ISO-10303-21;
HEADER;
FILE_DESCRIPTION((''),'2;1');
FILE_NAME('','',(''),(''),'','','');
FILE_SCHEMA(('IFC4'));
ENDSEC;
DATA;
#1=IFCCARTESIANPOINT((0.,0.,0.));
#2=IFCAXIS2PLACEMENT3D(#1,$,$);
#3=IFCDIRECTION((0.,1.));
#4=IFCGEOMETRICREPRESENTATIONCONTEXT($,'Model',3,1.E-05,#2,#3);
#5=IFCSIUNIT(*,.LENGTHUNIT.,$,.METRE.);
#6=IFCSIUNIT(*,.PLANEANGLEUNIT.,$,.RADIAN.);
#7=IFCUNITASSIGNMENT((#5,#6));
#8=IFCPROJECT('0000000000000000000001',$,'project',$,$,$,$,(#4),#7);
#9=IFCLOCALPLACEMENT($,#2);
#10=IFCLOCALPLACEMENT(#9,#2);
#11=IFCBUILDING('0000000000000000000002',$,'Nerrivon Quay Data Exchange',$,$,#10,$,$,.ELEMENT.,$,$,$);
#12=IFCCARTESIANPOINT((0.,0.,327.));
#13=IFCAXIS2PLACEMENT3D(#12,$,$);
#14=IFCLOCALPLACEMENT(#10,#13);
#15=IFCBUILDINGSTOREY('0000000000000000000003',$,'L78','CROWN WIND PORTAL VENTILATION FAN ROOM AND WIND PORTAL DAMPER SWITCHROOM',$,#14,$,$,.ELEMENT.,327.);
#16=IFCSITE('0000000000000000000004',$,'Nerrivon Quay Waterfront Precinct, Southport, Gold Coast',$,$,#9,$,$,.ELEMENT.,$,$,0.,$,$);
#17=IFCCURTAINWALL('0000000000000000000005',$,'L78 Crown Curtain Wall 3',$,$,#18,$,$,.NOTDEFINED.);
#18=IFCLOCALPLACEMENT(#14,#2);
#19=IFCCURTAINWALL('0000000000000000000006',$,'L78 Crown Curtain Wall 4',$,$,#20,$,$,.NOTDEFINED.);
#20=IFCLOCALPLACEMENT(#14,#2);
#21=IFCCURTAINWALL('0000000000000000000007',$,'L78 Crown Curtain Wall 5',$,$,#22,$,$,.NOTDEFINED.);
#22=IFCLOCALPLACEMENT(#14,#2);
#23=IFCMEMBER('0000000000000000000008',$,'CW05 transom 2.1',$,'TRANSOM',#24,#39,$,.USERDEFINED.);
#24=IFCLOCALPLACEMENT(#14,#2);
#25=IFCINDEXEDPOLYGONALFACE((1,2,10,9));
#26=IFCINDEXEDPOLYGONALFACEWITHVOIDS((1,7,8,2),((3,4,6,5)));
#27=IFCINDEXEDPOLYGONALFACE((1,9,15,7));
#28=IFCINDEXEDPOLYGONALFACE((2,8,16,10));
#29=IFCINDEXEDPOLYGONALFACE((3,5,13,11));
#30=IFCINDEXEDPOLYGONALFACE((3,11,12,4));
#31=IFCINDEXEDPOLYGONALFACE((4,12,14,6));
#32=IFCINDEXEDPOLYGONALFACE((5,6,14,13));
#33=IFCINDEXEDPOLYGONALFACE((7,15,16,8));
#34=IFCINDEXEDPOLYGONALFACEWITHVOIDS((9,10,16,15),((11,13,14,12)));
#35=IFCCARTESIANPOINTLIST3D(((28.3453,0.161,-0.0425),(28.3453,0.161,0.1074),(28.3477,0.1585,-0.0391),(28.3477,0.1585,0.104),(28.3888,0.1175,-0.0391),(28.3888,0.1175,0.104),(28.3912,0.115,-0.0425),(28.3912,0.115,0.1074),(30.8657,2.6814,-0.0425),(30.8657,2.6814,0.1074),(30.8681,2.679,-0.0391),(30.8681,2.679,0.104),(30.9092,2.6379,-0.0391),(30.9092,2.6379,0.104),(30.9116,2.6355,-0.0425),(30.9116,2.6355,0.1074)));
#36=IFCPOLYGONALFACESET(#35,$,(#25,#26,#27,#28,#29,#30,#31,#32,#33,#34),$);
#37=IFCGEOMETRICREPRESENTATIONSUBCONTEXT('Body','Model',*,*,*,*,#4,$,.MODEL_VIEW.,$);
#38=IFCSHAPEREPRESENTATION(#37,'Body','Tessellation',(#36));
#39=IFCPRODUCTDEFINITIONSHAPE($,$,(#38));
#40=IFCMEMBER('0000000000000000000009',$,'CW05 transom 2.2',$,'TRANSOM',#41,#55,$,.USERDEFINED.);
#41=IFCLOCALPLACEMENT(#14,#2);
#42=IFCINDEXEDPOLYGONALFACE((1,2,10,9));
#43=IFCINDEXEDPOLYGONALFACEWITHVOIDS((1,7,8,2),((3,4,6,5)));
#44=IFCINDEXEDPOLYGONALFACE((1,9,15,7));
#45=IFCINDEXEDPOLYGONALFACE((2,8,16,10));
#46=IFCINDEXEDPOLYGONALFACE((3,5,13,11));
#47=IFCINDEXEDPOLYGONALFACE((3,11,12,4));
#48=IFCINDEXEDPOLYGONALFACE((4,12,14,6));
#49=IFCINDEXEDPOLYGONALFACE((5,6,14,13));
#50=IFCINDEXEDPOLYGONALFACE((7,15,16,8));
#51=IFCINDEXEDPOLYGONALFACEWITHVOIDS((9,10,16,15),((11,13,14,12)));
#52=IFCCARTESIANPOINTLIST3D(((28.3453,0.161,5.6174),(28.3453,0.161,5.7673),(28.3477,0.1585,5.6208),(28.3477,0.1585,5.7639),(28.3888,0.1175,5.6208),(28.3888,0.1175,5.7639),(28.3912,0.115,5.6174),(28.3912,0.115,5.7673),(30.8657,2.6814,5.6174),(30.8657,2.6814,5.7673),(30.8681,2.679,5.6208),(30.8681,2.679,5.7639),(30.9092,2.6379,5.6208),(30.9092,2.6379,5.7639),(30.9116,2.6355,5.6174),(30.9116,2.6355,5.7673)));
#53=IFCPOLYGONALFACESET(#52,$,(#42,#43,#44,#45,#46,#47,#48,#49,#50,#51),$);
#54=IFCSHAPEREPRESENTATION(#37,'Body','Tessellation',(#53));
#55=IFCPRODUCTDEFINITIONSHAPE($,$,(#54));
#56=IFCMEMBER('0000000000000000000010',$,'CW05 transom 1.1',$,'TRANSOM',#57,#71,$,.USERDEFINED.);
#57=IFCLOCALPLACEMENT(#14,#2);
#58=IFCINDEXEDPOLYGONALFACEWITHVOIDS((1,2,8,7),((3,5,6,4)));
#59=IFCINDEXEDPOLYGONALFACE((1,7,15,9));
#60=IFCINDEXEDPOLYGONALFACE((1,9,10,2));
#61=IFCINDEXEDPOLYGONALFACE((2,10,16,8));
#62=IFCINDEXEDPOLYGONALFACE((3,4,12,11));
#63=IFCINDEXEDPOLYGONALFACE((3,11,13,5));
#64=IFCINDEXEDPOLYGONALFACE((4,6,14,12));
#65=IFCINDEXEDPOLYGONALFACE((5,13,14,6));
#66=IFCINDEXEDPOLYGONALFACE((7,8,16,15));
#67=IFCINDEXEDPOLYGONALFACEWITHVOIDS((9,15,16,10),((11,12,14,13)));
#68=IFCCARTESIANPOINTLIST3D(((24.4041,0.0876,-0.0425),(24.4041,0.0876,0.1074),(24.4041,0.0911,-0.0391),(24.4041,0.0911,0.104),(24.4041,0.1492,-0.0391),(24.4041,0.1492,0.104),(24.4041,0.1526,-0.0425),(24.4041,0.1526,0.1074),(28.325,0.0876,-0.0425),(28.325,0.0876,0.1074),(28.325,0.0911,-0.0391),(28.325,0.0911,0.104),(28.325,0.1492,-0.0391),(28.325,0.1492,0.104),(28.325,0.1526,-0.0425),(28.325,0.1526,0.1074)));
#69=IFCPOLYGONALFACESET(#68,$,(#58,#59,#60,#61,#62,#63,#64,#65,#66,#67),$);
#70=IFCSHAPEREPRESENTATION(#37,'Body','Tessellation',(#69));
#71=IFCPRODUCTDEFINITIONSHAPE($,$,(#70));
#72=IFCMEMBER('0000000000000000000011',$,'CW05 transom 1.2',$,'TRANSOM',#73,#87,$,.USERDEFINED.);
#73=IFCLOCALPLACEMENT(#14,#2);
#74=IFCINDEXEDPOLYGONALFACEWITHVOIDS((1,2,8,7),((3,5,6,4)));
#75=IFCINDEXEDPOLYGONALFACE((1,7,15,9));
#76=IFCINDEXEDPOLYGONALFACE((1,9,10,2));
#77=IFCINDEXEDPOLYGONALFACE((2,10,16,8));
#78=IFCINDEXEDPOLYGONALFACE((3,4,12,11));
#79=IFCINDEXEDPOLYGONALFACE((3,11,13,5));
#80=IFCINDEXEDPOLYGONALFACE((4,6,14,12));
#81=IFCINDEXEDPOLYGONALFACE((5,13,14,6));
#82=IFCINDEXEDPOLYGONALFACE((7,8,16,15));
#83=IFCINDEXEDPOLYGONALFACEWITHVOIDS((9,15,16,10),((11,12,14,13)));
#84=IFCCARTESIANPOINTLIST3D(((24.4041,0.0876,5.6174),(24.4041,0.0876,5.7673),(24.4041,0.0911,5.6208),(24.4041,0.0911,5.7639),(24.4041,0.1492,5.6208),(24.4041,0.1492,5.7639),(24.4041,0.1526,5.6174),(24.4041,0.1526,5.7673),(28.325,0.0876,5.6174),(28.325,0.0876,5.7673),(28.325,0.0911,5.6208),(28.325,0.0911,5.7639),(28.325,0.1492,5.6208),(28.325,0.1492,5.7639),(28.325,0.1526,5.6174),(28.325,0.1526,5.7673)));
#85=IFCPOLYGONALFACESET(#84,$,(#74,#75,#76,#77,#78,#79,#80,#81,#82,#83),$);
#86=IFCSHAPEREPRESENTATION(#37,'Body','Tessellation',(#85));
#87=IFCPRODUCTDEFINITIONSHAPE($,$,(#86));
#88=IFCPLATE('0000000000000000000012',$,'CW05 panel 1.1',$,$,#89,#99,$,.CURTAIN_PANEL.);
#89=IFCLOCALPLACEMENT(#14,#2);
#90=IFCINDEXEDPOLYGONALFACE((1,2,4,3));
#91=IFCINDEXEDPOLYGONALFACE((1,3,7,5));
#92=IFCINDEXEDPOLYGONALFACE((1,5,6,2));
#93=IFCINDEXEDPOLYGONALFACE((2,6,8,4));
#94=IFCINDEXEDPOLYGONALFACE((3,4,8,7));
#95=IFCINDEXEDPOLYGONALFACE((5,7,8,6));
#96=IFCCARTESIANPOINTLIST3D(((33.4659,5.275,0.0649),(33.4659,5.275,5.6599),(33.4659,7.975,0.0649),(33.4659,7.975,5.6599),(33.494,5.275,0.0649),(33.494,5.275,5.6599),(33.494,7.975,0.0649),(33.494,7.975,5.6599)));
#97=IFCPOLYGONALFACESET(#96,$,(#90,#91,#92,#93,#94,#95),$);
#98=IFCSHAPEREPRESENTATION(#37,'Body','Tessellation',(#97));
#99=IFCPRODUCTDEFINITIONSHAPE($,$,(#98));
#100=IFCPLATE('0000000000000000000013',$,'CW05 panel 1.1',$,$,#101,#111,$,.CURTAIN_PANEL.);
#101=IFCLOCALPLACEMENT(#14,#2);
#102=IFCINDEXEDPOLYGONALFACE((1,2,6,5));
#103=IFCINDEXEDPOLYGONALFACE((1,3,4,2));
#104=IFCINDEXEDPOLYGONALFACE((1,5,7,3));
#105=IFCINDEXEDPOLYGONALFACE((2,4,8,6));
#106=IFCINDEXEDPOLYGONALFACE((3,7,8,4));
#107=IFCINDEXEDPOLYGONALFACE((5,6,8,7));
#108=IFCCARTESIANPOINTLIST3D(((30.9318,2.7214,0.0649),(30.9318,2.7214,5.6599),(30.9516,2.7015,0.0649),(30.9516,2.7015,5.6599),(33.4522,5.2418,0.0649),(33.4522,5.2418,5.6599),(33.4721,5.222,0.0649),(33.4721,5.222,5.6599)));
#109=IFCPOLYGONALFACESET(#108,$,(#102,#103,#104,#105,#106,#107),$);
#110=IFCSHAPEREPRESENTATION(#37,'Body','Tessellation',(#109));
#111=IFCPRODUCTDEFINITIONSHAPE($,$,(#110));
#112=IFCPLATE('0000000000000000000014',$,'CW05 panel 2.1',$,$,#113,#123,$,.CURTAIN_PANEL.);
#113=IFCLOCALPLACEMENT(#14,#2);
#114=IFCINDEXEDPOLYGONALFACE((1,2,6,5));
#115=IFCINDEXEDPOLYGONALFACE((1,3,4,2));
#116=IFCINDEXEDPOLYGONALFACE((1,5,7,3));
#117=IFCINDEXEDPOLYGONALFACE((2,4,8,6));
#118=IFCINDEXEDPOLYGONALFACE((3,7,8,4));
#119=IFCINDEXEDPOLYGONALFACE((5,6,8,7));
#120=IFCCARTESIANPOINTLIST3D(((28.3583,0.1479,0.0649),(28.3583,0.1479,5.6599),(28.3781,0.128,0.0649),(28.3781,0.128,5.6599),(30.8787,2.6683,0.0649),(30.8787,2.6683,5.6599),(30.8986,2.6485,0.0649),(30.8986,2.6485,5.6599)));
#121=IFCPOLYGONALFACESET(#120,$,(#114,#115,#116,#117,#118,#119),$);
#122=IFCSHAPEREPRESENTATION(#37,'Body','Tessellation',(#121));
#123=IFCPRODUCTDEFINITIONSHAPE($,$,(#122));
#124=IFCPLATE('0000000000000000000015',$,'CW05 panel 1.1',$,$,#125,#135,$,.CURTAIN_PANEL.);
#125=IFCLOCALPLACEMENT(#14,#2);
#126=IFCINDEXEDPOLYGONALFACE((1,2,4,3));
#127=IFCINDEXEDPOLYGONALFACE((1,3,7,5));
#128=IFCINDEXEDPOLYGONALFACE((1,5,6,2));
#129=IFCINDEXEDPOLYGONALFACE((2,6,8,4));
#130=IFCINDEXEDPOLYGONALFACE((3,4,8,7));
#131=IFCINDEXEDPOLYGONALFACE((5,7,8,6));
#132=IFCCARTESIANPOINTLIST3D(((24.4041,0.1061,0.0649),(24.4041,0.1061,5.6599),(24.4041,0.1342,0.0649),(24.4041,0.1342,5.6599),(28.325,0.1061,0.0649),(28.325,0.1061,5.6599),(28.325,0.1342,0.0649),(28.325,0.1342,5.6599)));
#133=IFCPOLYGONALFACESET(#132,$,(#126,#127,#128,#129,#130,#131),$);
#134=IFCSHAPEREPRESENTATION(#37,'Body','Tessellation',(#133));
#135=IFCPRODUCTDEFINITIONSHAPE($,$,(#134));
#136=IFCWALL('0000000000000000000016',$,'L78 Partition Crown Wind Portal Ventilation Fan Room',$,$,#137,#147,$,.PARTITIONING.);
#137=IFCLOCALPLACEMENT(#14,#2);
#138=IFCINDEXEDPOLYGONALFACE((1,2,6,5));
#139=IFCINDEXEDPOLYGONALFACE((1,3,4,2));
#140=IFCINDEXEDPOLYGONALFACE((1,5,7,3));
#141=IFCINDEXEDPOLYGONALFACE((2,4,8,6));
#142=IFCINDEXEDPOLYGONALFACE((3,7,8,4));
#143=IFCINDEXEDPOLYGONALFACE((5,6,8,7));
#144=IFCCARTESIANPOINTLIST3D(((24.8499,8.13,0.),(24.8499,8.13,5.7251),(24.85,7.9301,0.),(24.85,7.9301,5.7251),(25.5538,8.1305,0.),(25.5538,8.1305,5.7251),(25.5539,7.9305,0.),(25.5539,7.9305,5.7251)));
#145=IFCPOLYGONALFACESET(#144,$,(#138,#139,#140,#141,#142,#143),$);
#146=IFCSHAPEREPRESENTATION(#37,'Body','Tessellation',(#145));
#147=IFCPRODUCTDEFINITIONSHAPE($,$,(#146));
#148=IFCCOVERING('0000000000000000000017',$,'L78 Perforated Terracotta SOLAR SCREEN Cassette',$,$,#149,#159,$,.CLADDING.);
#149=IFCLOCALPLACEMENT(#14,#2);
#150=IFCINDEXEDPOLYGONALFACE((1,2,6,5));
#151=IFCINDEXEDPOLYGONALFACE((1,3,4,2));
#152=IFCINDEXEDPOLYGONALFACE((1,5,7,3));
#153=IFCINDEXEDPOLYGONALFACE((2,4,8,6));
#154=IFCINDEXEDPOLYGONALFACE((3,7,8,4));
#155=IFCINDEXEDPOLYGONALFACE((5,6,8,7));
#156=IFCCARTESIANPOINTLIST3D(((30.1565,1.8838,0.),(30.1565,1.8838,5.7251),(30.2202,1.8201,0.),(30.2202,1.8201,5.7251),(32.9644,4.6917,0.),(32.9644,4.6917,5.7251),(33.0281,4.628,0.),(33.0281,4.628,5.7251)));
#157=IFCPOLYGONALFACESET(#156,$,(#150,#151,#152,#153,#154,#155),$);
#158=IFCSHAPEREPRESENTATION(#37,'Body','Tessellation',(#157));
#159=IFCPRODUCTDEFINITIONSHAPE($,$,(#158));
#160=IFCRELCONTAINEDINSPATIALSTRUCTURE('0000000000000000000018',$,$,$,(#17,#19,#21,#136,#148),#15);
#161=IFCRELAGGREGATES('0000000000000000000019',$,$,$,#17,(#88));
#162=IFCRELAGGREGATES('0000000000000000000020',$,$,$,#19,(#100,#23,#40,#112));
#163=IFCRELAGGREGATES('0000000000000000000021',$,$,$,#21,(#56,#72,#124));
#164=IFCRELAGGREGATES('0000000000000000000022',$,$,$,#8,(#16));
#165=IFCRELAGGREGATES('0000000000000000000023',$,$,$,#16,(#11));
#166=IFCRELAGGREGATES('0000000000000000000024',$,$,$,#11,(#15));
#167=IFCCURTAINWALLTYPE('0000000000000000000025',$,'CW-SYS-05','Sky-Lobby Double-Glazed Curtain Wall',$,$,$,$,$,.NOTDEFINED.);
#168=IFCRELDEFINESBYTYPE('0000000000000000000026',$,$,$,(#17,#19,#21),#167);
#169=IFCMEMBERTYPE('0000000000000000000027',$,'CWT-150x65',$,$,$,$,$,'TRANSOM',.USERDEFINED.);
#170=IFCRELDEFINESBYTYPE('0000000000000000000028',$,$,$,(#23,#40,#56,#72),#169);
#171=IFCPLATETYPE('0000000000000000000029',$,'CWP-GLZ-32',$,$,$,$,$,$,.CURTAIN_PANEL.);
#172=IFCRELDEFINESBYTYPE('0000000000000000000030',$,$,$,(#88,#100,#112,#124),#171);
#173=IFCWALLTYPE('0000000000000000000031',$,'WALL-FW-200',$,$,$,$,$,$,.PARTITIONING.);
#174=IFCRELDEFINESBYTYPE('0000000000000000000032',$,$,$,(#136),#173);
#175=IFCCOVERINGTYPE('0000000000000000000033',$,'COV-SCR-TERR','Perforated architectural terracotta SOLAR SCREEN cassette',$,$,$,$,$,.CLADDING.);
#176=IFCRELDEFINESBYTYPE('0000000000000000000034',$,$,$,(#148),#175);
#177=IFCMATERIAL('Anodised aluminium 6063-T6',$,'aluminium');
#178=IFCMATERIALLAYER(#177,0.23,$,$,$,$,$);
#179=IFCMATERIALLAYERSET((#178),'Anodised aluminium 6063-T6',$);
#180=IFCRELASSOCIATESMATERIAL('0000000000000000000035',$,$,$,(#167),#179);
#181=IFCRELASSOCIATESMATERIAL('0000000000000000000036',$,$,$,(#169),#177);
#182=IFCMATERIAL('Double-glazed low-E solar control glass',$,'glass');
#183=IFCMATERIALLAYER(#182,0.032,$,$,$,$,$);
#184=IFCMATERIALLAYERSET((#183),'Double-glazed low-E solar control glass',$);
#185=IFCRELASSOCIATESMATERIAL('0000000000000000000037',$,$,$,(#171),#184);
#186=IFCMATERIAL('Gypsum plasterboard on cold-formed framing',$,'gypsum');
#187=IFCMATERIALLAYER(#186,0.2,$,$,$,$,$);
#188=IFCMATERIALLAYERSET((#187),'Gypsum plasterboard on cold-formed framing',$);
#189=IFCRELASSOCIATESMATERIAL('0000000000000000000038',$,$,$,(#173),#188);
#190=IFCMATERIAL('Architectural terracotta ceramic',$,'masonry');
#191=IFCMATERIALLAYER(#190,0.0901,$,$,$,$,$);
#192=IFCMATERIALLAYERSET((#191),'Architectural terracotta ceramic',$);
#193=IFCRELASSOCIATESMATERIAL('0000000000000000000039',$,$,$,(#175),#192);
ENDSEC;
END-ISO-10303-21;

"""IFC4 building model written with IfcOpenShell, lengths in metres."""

from ifc_helpers import new_model, si_unit, direction, frame, frame_2d, origin, origin_2d, place, context, subcontext, project, spatial, rectangle, hollow_rectangle, extrude, material, layer, layer_set, material_profile, profile_set, type_object, element, aggregate, save


model = new_model("IFC4")

# Units and contexts
model_context = context("Model", 3, precision=1e-05, world=origin(), true_north=direction((0.0, 1.0)))
body_context = subcontext(model_context, "Body", "Model", "MODEL_VIEW")
ifc_project = project(units=[si_unit("LENGTHUNIT", "METRE"), si_unit("PLANEANGLEUNIT", "RADIAN")], contexts=[model_context])

# Site, building, storey
site_placement = place(None, origin())
site = spatial("IfcSite", under=ifc_project, at=site_placement, Name="Nerrivon Quay Waterfront Precinct, Southport, Gold Coast", CompositionType="ELEMENT", RefElevation=0.0)
building_placement = place(site_placement, origin())
building = spatial("IfcBuilding", under=site, at=building_placement, Name="Nerrivon Quay Data Exchange", CompositionType="ELEMENT")
storey_placement = place(building_placement, frame((0.0, 0.0, 327.0)))
storey = spatial("IfcBuildingStorey", under=building, at=storey_placement, Name="L78", Description="CROWN WIND PORTAL VENTILATION FAN ROOM AND WIND PORTAL DAMPER SWITCHROOM", CompositionType="ELEMENT", Elevation=327.0)

# Curtain walls
ifc_material_1 = material(Name="Anodised aluminium 6063-T6", Category="aluminium")
ifc_layer_1 = layer(ifc_material_1, 0.23)
ifc_layer_set_1 = layer_set([ifc_layer_1], Name="Anodised aluminium 6063-T6")
curtain_wall_type = type_object("IfcCurtainWallType", Name="CW-SYS-05", Description="Sky-Lobby Double-Glazed Curtain Wall", PredefinedType="NOTDEFINED", material=ifc_layer_set_1)
curtain_wall_1_placement = place(storey_placement, origin())
curtain_wall_1 = element("IfcCurtainWall", 1, at=curtain_wall_1_placement, inside=storey, type_object=curtain_wall_type, Name="L78 Crown Curtain Wall 3", PredefinedType="NOTDEFINED")
curtain_wall_2_placement = place(storey_placement, origin())
curtain_wall_2 = element("IfcCurtainWall", 2, at=curtain_wall_2_placement, inside=storey, type_object=curtain_wall_type, Name="L78 Crown Curtain Wall 4", PredefinedType="NOTDEFINED")

# Curtain wall
curtain_wall_3_placement = place(storey_placement, origin())
curtain_wall_3 = element("IfcCurtainWall", 3, at=curtain_wall_3_placement, inside=storey, type_object=curtain_wall_type, Name="L78 Crown Curtain Wall 5", PredefinedType="NOTDEFINED")

# Members
ifc_material_profile_1 = material_profile(ifc_material_1, hollow_rectangle(XDim=0.0649, YDim=0.1499, WallThickness=0.0034, at=origin_2d()), Name="ALU-TRAN-150x65")
ifc_profile_set_1 = profile_set([ifc_material_profile_1], Name="Anodised aluminium 6063-T6")
member_type_1 = type_object("IfcMemberType", Name="CWT-150x65", ElementType="TRANSOM", PredefinedType="USERDEFINED", material=ifc_profile_set_1)
member_1_placement = place(storey_placement, frame((30.8887, 2.6584, 0.0325), z_axis=(-0.707107, -0.707107, 0.0), x_axis=(0.707107, -0.707107, 0.0)))
member_1 = element("IfcMember", 4, at=member_1_placement, type_object=member_type_1, Name="CW05 transom 2.1", ObjectType="TRANSOM", PredefinedType="USERDEFINED", context=body_context, shape_type="SweptSolid", body=[
    extrude(hollow_rectangle(XDim=0.0649, YDim=0.1499, WallThickness=0.0034, at=origin_2d()), origin(), (0.0, 0.0, 1.0), 3.5645),
])
member_2_placement = place(storey_placement, frame((30.8887, 2.6584, 5.6924), z_axis=(-0.707107, -0.707107, 0.0), x_axis=(0.707107, -0.707107, 0.0)))
member_2 = element("IfcMember", 5, at=member_2_placement, type_object=member_type_1, Name="CW05 transom 2.2", ObjectType="TRANSOM", PredefinedType="USERDEFINED", context=body_context, shape_type="SweptSolid", body=[
    extrude(hollow_rectangle(XDim=0.0649, YDim=0.1499, WallThickness=0.0034, at=origin_2d()), origin(), (0.0, 0.0, 1.0), 3.5645),
])
member_3_placement = place(storey_placement, frame((28.325, 0.1201, 0.0325), z_axis=(-1.0, 0.0, 0.0), x_axis=(0.0, -1.0, 0.0)))
member_3 = element("IfcMember", 6, at=member_3_placement, type_object=member_type_1, Name="CW05 transom 1.1", ObjectType="TRANSOM", PredefinedType="USERDEFINED", context=body_context, shape_type="SweptSolid", body=[
    extrude(hollow_rectangle(XDim=0.0649, YDim=0.1499, WallThickness=0.0034, at=origin_2d()), origin(), (0.0, 0.0, 1.0), 3.9209),
])
member_4_placement = place(storey_placement, frame((28.325, 0.1201, 5.6924), z_axis=(-1.0, 0.0, 0.0), x_axis=(0.0, -1.0, 0.0)))
member_4 = element("IfcMember", 7, at=member_4_placement, type_object=member_type_1, Name="CW05 transom 1.2", ObjectType="TRANSOM", PredefinedType="USERDEFINED", context=body_context, shape_type="SweptSolid", body=[
    extrude(hollow_rectangle(XDim=0.0649, YDim=0.1499, WallThickness=0.0034, at=origin_2d()), origin(), (0.0, 0.0, 1.0), 3.9209),
])

# Plates
ifc_material_2 = material(Name="Double-glazed low-E solar control glass", Category="glass")
ifc_layer_2 = layer(ifc_material_2, 0.032)
ifc_layer_set_2 = layer_set([ifc_layer_2], Name="Double-glazed low-E solar control glass")
plate_type = type_object("IfcPlateType", Name="CWP-GLZ-32", PredefinedType="CURTAIN_PANEL", material=ifc_layer_set_2)
plate_1_placement = place(storey_placement, frame((33.48, 6.625, 0.0649), z_axis=(0.0, 0.0, 1.0), x_axis=(0.0, -1.0, 0.0)))
plate_1 = element("IfcPlate", 8, at=plate_1_placement, type_object=plate_type, Name="CW05 panel 1.1", PredefinedType="CURTAIN_PANEL", context=body_context, shape_type="SweptSolid", body=[
    extrude(rectangle(XDim=2.7, YDim=0.0281, at=origin_2d()), origin(), (0.0, 0.0, 1.0), 5.595),
])
aggregate(curtain_wall_1, [plate_1])
plate_2_placement = place(storey_placement, frame((32.2019, 3.9717, 0.0649), z_axis=(0.0, 0.0, 1.0), x_axis=(-0.707107, -0.707107, 0.0)))
plate_2 = element("IfcPlate", 9, at=plate_2_placement, type_object=plate_type, Name="CW05 panel 1.1", PredefinedType="CURTAIN_PANEL", context=body_context, shape_type="SweptSolid", body=[
    extrude(rectangle(XDim=3.5645, YDim=0.0281, at=origin_2d()), origin(), (0.0, 0.0, 1.0), 5.595),
])
plate_3_placement = place(storey_placement, frame((29.6284, 1.3982, 0.0649), z_axis=(0.0, 0.0, 1.0), x_axis=(-0.707107, -0.707107, 0.0)))
plate_3 = element("IfcPlate", 10, at=plate_3_placement, type_object=plate_type, Name="CW05 panel 2.1", PredefinedType="CURTAIN_PANEL", context=body_context, shape_type="SweptSolid", body=[
    extrude(rectangle(XDim=3.5645, YDim=0.0281, at=origin_2d()), origin(), (0.0, 0.0, 1.0), 5.595),
])
aggregate(curtain_wall_2, [plate_2, member_1, member_2, plate_3])
plate_4_placement = place(storey_placement, frame((26.3645, 0.1201, 0.0649), z_axis=(0.0, 0.0, 1.0), x_axis=(-1.0, 0.0, 0.0)))
plate_4 = element("IfcPlate", 11, at=plate_4_placement, type_object=plate_type, Name="CW05 panel 1.1", PredefinedType="CURTAIN_PANEL", context=body_context, shape_type="SweptSolid", body=[
    extrude(rectangle(XDim=3.9209, YDim=0.0281, at=origin_2d()), origin(), (0.0, 0.0, 1.0), 5.595),
])
aggregate(curtain_wall_3, [member_3, member_4, plate_4])

# Wall
ifc_material_3 = material(Name="Gypsum plasterboard on cold-formed framing", Category="gypsum")
ifc_layer_3 = layer(ifc_material_3, 0.2)
ifc_layer_set_3 = layer_set([ifc_layer_3], Name="Gypsum plasterboard on cold-formed framing")
wall_type = type_object("IfcWallType", Name="WALL-FW-200", PredefinedType="PARTITIONING", material=ifc_layer_set_3)
wall_placement = place(storey_placement, frame((25.554, 8.0305, 0.0), z_axis=(0.0, 0.0, 1.0), x_axis=(-1.0, -0.000694, 0.0)))
element("IfcWall", 12, at=wall_placement, inside=storey, type_object=wall_type, Name="L78 Partition Crown Wind Portal Ventilation Fan Room", PredefinedType="PARTITIONING", context=body_context, shape_type="SweptSolid", body=[
    extrude(rectangle(XDim=0.7039, YDim=0.2, at=frame_2d((0.3521, 0.0))), origin(), (0.0, 0.0, 1.0), 5.7251),
])

# Covering
ifc_material_4 = material(Name="Architectural terracotta ceramic", Category="masonry")
ifc_layer_4 = layer(ifc_material_4, 0.0901)
ifc_layer_set_4 = layer_set([ifc_layer_4], Name="Architectural terracotta ceramic")
covering_type = type_object("IfcCoveringType", Name="COV-SCR-TERR", Description="Perforated architectural terracotta SOLAR SCREEN cassette", PredefinedType="CLADDING", material=ifc_layer_set_4)
covering_placement = place(storey_placement, frame((31.5923, 3.2559, 0.0), z_axis=(0.0, 0.0, 1.0), x_axis=(-0.707107, -0.707107, 0.0)))
element("IfcCovering", 13, at=covering_placement, inside=storey, type_object=covering_type, Name="L78 Perforated Terracotta SOLAR SCREEN Cassette", PredefinedType="CLADDING", context=body_context, shape_type="SweptSolid", body=[
    extrude(rectangle(XDim=3.9709, YDim=0.0901, at=origin_2d()), origin(), (0.0, 0.0, 1.0), 5.7251),
])

save(model, "model.ifc")
